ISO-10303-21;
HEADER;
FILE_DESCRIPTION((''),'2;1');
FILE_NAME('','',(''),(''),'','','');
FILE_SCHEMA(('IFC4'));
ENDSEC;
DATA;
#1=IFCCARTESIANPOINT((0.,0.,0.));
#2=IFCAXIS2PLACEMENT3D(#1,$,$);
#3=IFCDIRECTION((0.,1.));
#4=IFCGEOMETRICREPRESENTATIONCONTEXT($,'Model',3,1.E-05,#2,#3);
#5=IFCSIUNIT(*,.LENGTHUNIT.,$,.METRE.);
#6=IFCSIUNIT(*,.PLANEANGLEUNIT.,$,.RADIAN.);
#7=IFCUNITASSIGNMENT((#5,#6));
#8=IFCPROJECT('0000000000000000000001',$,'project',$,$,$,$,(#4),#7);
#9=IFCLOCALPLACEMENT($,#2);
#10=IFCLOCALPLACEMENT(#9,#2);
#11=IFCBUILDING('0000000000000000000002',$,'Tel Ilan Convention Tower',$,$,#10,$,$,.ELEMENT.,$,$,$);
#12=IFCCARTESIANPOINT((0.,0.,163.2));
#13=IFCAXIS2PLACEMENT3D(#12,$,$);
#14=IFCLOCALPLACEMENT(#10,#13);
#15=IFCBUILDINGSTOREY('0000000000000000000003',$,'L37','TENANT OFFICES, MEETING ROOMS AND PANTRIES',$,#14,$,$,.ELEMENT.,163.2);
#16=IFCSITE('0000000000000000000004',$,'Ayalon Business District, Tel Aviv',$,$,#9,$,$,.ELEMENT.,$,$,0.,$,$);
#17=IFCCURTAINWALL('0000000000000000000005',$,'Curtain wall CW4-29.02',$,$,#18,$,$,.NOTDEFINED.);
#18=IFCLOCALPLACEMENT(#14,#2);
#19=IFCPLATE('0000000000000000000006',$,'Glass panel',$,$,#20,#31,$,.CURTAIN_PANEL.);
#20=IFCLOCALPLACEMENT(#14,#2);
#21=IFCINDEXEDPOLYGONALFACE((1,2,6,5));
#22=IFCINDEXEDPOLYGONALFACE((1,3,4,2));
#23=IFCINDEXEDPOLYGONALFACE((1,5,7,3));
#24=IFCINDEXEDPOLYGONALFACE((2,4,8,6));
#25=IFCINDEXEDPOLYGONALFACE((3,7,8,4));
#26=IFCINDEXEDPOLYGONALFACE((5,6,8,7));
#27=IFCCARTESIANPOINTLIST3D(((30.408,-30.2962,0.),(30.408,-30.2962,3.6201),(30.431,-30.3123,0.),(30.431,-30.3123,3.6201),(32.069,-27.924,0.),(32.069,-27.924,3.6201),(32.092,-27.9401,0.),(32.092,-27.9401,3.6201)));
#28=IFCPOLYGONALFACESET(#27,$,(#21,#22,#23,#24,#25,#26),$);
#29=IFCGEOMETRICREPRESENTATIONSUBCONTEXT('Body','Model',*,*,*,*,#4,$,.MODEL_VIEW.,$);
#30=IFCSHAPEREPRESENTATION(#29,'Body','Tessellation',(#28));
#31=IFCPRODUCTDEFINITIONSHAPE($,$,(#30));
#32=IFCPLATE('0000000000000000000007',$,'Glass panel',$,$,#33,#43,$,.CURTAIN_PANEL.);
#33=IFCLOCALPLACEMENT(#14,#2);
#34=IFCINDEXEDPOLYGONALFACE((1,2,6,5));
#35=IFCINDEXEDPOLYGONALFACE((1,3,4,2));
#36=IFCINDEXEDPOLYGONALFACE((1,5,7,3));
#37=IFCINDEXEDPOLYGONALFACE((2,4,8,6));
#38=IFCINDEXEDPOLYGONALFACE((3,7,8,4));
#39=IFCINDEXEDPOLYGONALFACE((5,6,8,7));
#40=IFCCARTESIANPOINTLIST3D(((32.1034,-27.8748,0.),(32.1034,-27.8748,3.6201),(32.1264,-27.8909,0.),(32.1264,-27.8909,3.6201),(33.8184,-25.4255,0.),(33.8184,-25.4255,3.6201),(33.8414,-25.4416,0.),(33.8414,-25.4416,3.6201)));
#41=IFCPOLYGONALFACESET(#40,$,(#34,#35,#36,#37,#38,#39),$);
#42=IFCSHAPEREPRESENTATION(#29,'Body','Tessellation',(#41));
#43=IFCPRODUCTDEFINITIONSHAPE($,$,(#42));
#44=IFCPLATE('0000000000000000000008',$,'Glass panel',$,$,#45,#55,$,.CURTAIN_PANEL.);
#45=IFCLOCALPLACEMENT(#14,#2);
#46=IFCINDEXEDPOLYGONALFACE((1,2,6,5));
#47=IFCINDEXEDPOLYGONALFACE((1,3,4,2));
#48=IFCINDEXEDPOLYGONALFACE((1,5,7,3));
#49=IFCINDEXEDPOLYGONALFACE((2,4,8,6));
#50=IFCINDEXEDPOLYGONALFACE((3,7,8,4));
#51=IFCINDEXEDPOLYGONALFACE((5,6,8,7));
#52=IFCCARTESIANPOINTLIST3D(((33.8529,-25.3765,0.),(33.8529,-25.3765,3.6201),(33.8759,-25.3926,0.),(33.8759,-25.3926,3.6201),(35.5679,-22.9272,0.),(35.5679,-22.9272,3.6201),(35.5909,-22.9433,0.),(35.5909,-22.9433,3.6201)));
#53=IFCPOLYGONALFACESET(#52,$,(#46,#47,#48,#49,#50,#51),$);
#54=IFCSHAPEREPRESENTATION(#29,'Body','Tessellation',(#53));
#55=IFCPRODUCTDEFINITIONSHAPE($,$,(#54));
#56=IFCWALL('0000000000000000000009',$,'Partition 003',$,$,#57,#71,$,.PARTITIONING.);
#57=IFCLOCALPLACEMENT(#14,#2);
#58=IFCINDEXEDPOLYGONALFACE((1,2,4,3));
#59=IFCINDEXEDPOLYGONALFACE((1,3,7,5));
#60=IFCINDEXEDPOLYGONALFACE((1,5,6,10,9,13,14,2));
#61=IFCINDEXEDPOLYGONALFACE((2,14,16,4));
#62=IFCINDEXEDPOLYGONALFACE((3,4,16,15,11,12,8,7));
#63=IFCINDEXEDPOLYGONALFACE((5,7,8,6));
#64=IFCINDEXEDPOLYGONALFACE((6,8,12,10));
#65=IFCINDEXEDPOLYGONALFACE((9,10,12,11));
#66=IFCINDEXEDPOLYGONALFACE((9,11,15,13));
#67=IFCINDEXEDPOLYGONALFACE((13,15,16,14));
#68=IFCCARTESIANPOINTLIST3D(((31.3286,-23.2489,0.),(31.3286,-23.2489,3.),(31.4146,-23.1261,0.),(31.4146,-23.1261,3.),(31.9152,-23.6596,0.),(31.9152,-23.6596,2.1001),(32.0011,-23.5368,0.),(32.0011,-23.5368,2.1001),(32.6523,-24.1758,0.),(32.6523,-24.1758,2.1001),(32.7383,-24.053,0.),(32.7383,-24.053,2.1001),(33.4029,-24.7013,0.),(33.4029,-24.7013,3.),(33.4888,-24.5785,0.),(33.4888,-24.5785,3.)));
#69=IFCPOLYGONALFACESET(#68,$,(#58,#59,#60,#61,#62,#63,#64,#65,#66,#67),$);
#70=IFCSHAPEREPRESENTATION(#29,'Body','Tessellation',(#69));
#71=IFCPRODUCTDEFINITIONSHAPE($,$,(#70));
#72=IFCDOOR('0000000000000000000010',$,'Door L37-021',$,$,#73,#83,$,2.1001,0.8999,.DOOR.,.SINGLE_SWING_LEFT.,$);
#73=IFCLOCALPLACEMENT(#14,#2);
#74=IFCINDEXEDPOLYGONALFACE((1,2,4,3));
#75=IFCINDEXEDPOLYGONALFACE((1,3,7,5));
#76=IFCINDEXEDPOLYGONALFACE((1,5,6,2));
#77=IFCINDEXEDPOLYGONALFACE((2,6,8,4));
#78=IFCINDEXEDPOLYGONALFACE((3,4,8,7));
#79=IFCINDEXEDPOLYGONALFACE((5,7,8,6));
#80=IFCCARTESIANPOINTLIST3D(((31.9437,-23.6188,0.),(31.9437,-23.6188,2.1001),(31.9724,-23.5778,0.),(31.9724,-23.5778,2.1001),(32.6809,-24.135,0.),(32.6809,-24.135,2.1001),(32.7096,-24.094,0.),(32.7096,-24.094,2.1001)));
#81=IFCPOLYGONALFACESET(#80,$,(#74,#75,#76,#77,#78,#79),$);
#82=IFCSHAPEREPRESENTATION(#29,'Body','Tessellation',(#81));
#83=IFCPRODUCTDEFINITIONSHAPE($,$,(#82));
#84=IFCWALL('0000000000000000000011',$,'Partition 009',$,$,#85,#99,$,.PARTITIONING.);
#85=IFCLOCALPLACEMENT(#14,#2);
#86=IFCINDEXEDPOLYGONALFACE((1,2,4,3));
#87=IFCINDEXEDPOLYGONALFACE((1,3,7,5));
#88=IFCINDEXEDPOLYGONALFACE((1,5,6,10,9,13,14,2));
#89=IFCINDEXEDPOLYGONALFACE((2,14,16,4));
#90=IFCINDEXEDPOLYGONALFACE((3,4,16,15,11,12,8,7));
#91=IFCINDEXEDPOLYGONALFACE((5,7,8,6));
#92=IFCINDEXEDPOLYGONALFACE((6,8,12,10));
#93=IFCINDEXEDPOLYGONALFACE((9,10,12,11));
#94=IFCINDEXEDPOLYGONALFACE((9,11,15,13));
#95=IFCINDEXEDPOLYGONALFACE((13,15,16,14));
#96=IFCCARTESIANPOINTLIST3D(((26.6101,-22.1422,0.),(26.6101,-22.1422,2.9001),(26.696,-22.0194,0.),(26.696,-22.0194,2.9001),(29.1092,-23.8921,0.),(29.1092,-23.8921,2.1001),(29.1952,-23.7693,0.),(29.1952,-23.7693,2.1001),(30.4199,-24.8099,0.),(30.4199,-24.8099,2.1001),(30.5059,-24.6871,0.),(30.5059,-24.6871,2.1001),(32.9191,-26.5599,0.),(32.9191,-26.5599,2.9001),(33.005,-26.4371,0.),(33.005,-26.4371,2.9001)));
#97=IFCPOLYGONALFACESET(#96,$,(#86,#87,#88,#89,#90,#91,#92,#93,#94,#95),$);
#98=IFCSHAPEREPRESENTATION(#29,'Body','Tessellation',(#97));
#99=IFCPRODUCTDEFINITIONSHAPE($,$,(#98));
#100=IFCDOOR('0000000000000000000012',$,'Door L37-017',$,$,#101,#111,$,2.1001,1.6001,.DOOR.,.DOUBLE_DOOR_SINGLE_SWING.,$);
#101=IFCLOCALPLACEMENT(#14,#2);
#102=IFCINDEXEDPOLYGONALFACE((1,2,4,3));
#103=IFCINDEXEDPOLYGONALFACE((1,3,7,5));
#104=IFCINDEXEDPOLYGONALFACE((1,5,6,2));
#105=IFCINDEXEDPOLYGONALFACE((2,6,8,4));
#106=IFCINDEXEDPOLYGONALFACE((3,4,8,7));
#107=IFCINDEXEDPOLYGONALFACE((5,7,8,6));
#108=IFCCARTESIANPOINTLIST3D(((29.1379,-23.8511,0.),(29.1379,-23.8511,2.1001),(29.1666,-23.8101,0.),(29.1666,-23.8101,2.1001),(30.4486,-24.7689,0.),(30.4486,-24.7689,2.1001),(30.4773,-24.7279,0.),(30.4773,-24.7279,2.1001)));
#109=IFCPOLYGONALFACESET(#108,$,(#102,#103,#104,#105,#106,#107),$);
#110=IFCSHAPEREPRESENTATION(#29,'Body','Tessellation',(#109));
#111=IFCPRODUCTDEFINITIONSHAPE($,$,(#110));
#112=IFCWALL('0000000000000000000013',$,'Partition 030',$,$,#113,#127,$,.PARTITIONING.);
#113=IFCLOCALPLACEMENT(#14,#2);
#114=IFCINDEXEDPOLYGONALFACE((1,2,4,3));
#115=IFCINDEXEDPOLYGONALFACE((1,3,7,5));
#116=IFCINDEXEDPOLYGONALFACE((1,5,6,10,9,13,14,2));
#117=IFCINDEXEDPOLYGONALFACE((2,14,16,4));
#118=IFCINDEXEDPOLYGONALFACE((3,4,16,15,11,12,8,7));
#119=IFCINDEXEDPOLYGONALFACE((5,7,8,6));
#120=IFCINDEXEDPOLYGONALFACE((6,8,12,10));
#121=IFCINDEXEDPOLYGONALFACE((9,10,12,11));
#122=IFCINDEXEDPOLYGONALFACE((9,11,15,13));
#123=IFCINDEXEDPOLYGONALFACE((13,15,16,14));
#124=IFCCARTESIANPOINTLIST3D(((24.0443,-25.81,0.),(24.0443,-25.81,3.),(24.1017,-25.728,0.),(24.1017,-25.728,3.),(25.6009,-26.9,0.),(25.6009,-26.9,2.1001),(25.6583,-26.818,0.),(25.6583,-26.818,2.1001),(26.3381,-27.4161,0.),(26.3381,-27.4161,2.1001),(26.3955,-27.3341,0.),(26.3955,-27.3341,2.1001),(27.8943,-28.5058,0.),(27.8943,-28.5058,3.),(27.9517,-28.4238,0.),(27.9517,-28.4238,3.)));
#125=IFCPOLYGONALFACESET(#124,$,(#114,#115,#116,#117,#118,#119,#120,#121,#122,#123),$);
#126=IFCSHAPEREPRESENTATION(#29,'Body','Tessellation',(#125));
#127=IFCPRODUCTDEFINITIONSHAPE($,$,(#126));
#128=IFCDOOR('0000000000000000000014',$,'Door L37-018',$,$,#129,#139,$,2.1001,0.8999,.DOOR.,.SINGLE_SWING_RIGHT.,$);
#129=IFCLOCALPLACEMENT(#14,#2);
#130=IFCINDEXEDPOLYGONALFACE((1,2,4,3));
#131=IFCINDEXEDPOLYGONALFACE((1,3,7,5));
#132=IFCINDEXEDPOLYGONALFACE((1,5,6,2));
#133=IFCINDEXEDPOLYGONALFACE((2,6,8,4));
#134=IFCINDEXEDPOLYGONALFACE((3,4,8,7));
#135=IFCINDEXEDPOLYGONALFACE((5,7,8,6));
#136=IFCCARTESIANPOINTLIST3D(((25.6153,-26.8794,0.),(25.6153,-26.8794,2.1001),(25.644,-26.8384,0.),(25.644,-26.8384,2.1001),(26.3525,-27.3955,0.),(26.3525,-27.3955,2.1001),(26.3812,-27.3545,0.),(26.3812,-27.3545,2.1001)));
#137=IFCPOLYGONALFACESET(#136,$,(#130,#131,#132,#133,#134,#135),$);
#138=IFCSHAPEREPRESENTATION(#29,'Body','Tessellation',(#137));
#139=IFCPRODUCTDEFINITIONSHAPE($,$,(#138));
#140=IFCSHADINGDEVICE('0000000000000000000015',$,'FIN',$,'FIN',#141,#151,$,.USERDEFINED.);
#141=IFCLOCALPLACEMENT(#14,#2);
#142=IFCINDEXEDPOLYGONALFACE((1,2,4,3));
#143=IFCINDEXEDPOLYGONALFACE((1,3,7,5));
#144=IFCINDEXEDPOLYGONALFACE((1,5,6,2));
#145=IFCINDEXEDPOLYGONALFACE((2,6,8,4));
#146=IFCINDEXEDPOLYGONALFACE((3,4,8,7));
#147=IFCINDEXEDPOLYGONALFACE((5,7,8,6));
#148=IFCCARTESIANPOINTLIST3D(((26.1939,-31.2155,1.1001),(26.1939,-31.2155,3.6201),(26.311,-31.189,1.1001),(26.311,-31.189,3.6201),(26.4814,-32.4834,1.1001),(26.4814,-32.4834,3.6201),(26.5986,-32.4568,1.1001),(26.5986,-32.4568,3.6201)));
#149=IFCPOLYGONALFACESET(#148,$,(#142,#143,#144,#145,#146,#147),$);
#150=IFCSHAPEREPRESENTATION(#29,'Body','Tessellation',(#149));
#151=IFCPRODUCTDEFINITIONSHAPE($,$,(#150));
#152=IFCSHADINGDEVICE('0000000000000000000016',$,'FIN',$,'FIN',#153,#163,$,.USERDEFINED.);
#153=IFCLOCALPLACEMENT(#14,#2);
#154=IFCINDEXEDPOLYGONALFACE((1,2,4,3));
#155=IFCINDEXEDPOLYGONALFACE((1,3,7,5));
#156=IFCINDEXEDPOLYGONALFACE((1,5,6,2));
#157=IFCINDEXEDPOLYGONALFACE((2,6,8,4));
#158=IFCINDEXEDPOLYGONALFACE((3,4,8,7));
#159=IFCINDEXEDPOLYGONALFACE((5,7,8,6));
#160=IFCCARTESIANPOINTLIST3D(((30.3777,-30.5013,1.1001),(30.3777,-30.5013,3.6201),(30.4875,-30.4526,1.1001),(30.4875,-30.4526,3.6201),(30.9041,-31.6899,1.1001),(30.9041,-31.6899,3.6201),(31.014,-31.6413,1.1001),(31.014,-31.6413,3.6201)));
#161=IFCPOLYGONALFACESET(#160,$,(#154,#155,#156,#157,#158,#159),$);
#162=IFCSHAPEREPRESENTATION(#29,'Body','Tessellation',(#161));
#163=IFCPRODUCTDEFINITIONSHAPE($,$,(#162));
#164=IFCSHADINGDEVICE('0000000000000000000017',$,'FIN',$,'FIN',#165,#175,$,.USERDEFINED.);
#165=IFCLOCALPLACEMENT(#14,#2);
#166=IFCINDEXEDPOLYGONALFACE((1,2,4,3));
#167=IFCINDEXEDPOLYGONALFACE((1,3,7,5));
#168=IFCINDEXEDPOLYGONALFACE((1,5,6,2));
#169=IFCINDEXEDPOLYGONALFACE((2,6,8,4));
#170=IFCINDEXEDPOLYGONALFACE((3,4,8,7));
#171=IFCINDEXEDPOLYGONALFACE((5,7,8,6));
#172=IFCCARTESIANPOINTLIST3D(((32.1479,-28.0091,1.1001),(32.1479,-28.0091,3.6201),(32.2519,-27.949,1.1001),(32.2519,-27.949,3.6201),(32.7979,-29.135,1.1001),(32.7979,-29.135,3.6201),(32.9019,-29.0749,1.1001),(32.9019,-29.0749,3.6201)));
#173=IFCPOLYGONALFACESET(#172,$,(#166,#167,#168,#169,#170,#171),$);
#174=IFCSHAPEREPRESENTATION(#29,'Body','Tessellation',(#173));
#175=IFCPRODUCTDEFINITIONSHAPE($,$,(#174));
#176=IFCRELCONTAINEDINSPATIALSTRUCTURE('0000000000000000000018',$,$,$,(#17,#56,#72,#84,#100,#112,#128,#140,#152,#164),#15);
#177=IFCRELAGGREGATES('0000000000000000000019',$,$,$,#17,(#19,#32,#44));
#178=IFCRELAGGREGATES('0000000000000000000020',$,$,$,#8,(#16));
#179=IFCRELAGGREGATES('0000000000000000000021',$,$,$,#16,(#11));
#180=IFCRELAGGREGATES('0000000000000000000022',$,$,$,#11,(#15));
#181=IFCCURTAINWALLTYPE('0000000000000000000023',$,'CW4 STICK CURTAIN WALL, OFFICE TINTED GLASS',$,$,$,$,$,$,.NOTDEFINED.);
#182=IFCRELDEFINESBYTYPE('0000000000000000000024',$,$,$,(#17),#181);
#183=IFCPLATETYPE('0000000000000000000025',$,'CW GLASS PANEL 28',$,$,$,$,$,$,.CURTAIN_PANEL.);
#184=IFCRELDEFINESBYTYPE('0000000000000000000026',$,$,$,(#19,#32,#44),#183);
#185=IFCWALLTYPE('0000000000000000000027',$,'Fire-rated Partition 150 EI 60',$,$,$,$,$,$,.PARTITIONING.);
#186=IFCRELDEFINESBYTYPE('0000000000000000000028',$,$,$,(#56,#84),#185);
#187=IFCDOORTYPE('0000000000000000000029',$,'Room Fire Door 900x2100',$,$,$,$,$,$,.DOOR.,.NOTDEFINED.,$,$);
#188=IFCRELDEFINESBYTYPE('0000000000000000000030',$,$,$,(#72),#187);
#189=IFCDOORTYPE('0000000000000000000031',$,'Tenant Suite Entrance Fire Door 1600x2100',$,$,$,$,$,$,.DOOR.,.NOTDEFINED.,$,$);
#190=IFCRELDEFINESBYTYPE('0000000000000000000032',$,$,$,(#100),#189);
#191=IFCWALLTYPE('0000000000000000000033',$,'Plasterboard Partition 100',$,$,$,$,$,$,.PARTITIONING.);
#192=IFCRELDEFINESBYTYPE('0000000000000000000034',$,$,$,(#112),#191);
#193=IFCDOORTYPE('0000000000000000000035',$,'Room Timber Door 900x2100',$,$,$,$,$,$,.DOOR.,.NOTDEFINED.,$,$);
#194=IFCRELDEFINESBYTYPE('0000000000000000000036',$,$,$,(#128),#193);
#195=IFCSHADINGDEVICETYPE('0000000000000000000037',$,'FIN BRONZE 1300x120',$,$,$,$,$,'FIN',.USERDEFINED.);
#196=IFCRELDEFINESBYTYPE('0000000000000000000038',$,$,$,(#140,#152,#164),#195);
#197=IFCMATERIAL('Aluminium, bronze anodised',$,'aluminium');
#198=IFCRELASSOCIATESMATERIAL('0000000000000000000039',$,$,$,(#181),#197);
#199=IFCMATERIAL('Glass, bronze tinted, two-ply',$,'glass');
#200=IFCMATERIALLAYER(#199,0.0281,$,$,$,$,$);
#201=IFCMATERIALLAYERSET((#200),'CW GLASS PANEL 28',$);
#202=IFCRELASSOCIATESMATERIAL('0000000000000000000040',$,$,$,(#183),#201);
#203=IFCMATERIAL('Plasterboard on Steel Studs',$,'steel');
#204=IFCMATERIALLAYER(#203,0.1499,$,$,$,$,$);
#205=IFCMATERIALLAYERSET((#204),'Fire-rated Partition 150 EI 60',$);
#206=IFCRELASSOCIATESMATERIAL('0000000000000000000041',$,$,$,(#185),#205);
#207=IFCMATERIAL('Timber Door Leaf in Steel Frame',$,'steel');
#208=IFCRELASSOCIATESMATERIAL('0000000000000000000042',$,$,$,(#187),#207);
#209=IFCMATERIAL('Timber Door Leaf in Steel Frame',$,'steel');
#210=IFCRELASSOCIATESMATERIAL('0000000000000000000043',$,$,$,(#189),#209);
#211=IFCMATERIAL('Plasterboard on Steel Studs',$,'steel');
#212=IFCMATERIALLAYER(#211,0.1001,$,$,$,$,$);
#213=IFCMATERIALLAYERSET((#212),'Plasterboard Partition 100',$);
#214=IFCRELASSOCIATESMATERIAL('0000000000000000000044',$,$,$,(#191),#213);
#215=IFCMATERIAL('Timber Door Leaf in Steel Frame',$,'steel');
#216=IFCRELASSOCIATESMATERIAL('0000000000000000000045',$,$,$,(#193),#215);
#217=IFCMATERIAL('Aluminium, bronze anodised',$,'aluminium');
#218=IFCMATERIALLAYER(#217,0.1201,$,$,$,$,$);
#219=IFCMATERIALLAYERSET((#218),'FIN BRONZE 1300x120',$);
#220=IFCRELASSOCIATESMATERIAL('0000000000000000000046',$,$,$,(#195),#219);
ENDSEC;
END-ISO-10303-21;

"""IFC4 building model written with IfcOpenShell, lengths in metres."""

from ifc_helpers import new_model, si_unit, direction, frame, frame_2d, origin, origin_2d, place, context, subcontext, project, spatial, rectangle, extrude, material, layer, layer_set, type_object, element, fill, aggregate, save


model = new_model("IFC4")

# Units and contexts
model_context = context("Model", 3, precision=1e-05, world=origin(), true_north=direction((0.0, 1.0)))
body_context = subcontext(model_context, "Body", "Model", "MODEL_VIEW")
ifc_project = project(units=[si_unit("LENGTHUNIT", "METRE"), si_unit("PLANEANGLEUNIT", "RADIAN")], contexts=[model_context])

# Site, building, storey
site_placement = place(None, origin())
site = spatial("IfcSite", under=ifc_project, at=site_placement, Name="Ayalon Business District, Tel Aviv", CompositionType="ELEMENT", RefElevation=0.0)
building_placement = place(site_placement, origin())
building = spatial("IfcBuilding", under=site, at=building_placement, Name="Tel Ilan Convention Tower", CompositionType="ELEMENT")
storey_placement = place(building_placement, frame((0.0, 0.0, 163.2)))
storey = spatial("IfcBuildingStorey", under=building, at=storey_placement, Name="L37", Description="TENANT OFFICES, MEETING ROOMS AND PANTRIES", CompositionType="ELEMENT", Elevation=163.2)

# Curtain wall, plates
ifc_material_1 = material(Name="Aluminium, bronze anodised", Category="aluminium")
curtain_wall_type = type_object("IfcCurtainWallType", Name="CW4 STICK CURTAIN WALL, OFFICE TINTED GLASS", PredefinedType="NOTDEFINED", material=ifc_material_1)
curtain_wall_placement = place(storey_placement, origin())
curtain_wall = element("IfcCurtainWall", 1, at=curtain_wall_placement, inside=storey, type_object=curtain_wall_type, Name="Curtain wall CW4-29.02", PredefinedType="NOTDEFINED")
ifc_material_2 = material(Name="Glass, bronze tinted, two-ply", Category="glass")
ifc_layer_1 = layer(ifc_material_2, 0.0281)
ifc_layer_set_1 = layer_set([ifc_layer_1], Name="CW GLASS PANEL 28")
plate_type = type_object("IfcPlateType", Name="CW GLASS PANEL 28", PredefinedType="CURTAIN_PANEL", material=ifc_layer_set_1)
plate_1_placement = place(storey_placement, frame((31.25, -29.1182, 0.0), z_axis=(0.0, 0.0, 1.0), x_axis=(0.573576, 0.819152, 0.0)))
plate_1 = element("IfcPlate", 2, at=plate_1_placement, type_object=plate_type, Name="Glass panel", PredefinedType="CURTAIN_PANEL", context=body_context, shape_type="SweptSolid", body=[
    extrude(rectangle(XDim=2.896, YDim=0.0281, at=origin_2d()), origin(), (0.0, 0.0, 1.0), 3.6201),
])
plate_2_placement = place(storey_placement, frame((32.9724, -26.6582, 0.0), z_axis=(0.0, 0.0, 1.0), x_axis=(0.573576, 0.819152, 0.0)))
plate_2 = element("IfcPlate", 3, at=plate_2_placement, type_object=plate_type, Name="Glass panel", PredefinedType="CURTAIN_PANEL", context=body_context, shape_type="SweptSolid", body=[
    extrude(rectangle(XDim=2.99, YDim=0.0281, at=origin_2d()), origin(), (0.0, 0.0, 1.0), 3.6201),
])
plate_3_placement = place(storey_placement, frame((34.7219, -24.1599, 0.0), z_axis=(0.0, 0.0, 1.0), x_axis=(0.573576, 0.819152, 0.0)))
plate_3 = element("IfcPlate", 4, at=plate_3_placement, type_object=plate_type, Name="Glass panel", PredefinedType="CURTAIN_PANEL", context=body_context, shape_type="SweptSolid", body=[
    extrude(rectangle(XDim=2.99, YDim=0.0281, at=origin_2d()), origin(), (0.0, 0.0, 1.0), 3.6201),
])
aggregate(curtain_wall, [plate_1, plate_2, plate_3])

# Walls, openings, doors
ifc_material_3 = material(Name="Plasterboard on Steel Studs", Category="steel")
ifc_layer_2 = layer(ifc_material_3, 0.1499)
ifc_layer_set_2 = layer_set([ifc_layer_2], Name="Fire-rated Partition 150 EI 60")
wall_type_1 = type_object("IfcWallType", Name="Fire-rated Partition 150 EI 60", PredefinedType="PARTITIONING", material=ifc_layer_set_2)
wall_1_placement = place(storey_placement, frame((31.3716, -23.1875, 0.0), z_axis=(0.0, 0.0, 1.0), x_axis=(0.81915, -0.573579, 0.0)))
wall_1 = element("IfcWall", 5, at=wall_1_placement, inside=storey, type_object=wall_type_1, Name="Partition 003", PredefinedType="PARTITIONING", context=body_context, shape_type="SweptSolid", body=[
    extrude(rectangle(XDim=2.5322, YDim=0.1499, at=frame_2d((1.2661, 0.0))), origin(), (0.0, 0.0, 1.0), 3.0),
])
opening_1_placement = place(wall_1_placement, frame((0.7161, 0.0, 0.0)))
opening_1 = element("IfcOpeningElement", 6, at=opening_1_placement, cuts=wall_1, PredefinedType="OPENING", context=body_context, shape_type="SweptSolid", body=[
    extrude(rectangle(XDim=0.8999, YDim=2.1001, at=frame_2d((0.45, 1.05))), frame((0.0, 0.085, 0.0), z_axis=(0.0, -1.0, 0.0), x_axis=(1.0, 0.0, 0.0)), (0.0, 0.0, 1.0), 0.1699),
])
ifc_material_4 = material(Name="Timber Door Leaf in Steel Frame", Category="steel")
door_type_1 = type_object("IfcDoorType", Name="Room Fire Door 900x2100", OperationType="NOTDEFINED", PredefinedType="DOOR", material=ifc_material_4)
door_1_placement = place(opening_1_placement, origin())
door_1 = element("IfcDoor", 7, at=door_1_placement, inside=storey, type_object=door_type_1, Name="Door L37-021", OperationType="SINGLE_SWING_LEFT", OverallHeight=2.1001, OverallWidth=0.8999, PredefinedType="DOOR", context=body_context, shape_type="SweptSolid", body=[
    extrude(rectangle(XDim=0.8999, YDim=2.1001, at=frame_2d((0.45, 1.05))), frame((0.0, 0.0249, 0.0), z_axis=(0.0, -1.0, 0.0), x_axis=(1.0, 0.0, 0.0)), (0.0, 0.0, 1.0), 0.05),
])
fill(opening_1, door_1)
wall_2_placement = place(storey_placement, frame((32.9622, -26.4985, 0.0), z_axis=(0.0, 0.0, 1.0), x_axis=(-0.819149, 0.573581, 0.0)))
wall_2 = element("IfcWall", 8, at=wall_2_placement, inside=storey, type_object=wall_type_1, Name="Partition 009", PredefinedType="PARTITIONING", context=body_context, shape_type="SweptSolid", body=[
    extrude(rectangle(XDim=7.7019, YDim=0.1499, at=frame_2d((3.8511, 0.0))), origin(), (0.0, 0.0, 1.0), 2.9001),
])
opening_2_placement = place(wall_2_placement, frame((3.051, 0.0, 0.0)))
opening_2 = element("IfcOpeningElement", 9, at=opening_2_placement, cuts=wall_2, PredefinedType="OPENING", context=body_context, shape_type="SweptSolid", body=[
    extrude(rectangle(XDim=1.6001, YDim=2.1001, at=frame_2d((0.8, 1.05))), frame((0.0, 0.085, 0.0), z_axis=(0.0, -1.0, 0.0), x_axis=(1.0, 0.0, 0.0)), (0.0, 0.0, 1.0), 0.1699),
])
ifc_material_5 = material(Name="Timber Door Leaf in Steel Frame", Category="steel")
door_type_2 = type_object("IfcDoorType", Name="Tenant Suite Entrance Fire Door 1600x2100", OperationType="NOTDEFINED", PredefinedType="DOOR", material=ifc_material_5)
door_2_placement = place(opening_2_placement, origin())
door_2 = element("IfcDoor", 10, at=door_2_placement, inside=storey, type_object=door_type_2, Name="Door L37-017", OperationType="DOUBLE_DOOR_SINGLE_SWING", OverallHeight=2.1001, OverallWidth=1.6001, PredefinedType="DOOR", context=body_context, shape_type="SweptSolid", body=[
    extrude(rectangle(XDim=1.6001, YDim=2.1001, at=frame_2d((0.8, 1.05))), frame((0.0, 0.0249, 0.0), z_axis=(0.0, -1.0, 0.0), x_axis=(1.0, 0.0, 0.0)), (0.0, 0.0, 1.0), 0.05),
])
fill(opening_2, door_2)
ifc_material_6 = material(Name="Plasterboard on Steel Studs", Category="steel")
ifc_layer_3 = layer(ifc_material_6, 0.1001)
ifc_layer_set_3 = layer_set([ifc_layer_3], Name="Plasterboard Partition 100")
wall_type_2 = type_object("IfcWallType", Name="Plasterboard Partition 100", PredefinedType="PARTITIONING", material=ifc_layer_set_3)
wall_3_placement = place(storey_placement, frame((27.9231, -28.4648, 0.0), z_axis=(0.0, 0.0, 1.0), x_axis=(-0.819159, 0.573567, 0.0)))
wall_3 = element("IfcWall", 11, at=wall_3_placement, inside=storey, type_object=wall_type_2, Name="Partition 030", PredefinedType="PARTITIONING", context=body_context, shape_type="SweptSolid", body=[
    extrude(rectangle(XDim=4.7, YDim=0.1001, at=frame_2d((2.3501, 0.0))), origin(), (0.0, 0.0, 1.0), 3.0),
])
opening_3_placement = place(wall_3_placement, frame((1.8999, 0.0, 0.0)))
opening_3 = element("IfcOpeningElement", 12, at=opening_3_placement, cuts=wall_3, PredefinedType="OPENING", context=body_context, shape_type="SweptSolid", body=[
    extrude(rectangle(XDim=0.8999, YDim=2.1001, at=frame_2d((0.45, 1.05))), frame((0.0, 0.0601, 0.0), z_axis=(0.0, -1.0, 0.0), x_axis=(1.0, 0.0, 0.0)), (0.0, 0.0, 1.0), 0.1201),
])
ifc_material_7 = material(Name="Timber Door Leaf in Steel Frame", Category="steel")
door_type_3 = type_object("IfcDoorType", Name="Room Timber Door 900x2100", OperationType="NOTDEFINED", PredefinedType="DOOR", material=ifc_material_7)
door_3_placement = place(opening_3_placement, origin())
door_3 = element("IfcDoor", 13, at=door_3_placement, inside=storey, type_object=door_type_3, Name="Door L37-018", OperationType="SINGLE_SWING_RIGHT", OverallHeight=2.1001, OverallWidth=0.8999, PredefinedType="DOOR", context=body_context, shape_type="SweptSolid", body=[
    extrude(rectangle(XDim=0.8999, YDim=2.1001, at=frame_2d((0.45, 1.05))), frame((0.0, 0.0249, 0.0), z_axis=(0.0, -1.0, 0.0), x_axis=(1.0, 0.0, 0.0)), (0.0, 0.0, 1.0), 0.05),
])
fill(opening_3, door_3)

# Shading devices
ifc_material_8 = material(Name="Aluminium, bronze anodised", Category="aluminium")
ifc_layer_4 = layer(ifc_material_8, 0.1201)
ifc_layer_set_4 = layer_set([ifc_layer_4], Name="FIN BRONZE 1300x120")
shading_device_type = type_object("IfcShadingDeviceType", Name="FIN BRONZE 1300x120", ElementType="FIN", PredefinedType="USERDEFINED", material=ifc_layer_set_4)
for number, where, z_axis, x_axis, name in (
    (14, (26.3962, -31.8362, 1.1001), (0.0, 0.0, 1.0), (0.22117, -0.975235, 0.0), "FIN"),
    (15, (30.6958, -31.0713, 1.1001), (0.0, 0.0, 1.0), (0.404964, -0.914333, 0.0), "FIN"),
    (16, (32.5249, -28.542, 1.1001), (0.0, 0.0, 1.0), (0.5, -0.866025, 0.0), "FIN"),
):
    element("IfcShadingDevice", number, at=place(storey_placement, frame(where, z_axis=z_axis, x_axis=x_axis)), inside=storey, type_object=shading_device_type, Name=name, ObjectType="FIN", PredefinedType="USERDEFINED", context=body_context, shape_type="SweptSolid", body=[
        extrude(rectangle(XDim=1.3, YDim=0.1201, at=origin_2d()), origin(), (0.0, 0.0, 1.0), 2.52),
    ])

save(model, "model.ifc")
